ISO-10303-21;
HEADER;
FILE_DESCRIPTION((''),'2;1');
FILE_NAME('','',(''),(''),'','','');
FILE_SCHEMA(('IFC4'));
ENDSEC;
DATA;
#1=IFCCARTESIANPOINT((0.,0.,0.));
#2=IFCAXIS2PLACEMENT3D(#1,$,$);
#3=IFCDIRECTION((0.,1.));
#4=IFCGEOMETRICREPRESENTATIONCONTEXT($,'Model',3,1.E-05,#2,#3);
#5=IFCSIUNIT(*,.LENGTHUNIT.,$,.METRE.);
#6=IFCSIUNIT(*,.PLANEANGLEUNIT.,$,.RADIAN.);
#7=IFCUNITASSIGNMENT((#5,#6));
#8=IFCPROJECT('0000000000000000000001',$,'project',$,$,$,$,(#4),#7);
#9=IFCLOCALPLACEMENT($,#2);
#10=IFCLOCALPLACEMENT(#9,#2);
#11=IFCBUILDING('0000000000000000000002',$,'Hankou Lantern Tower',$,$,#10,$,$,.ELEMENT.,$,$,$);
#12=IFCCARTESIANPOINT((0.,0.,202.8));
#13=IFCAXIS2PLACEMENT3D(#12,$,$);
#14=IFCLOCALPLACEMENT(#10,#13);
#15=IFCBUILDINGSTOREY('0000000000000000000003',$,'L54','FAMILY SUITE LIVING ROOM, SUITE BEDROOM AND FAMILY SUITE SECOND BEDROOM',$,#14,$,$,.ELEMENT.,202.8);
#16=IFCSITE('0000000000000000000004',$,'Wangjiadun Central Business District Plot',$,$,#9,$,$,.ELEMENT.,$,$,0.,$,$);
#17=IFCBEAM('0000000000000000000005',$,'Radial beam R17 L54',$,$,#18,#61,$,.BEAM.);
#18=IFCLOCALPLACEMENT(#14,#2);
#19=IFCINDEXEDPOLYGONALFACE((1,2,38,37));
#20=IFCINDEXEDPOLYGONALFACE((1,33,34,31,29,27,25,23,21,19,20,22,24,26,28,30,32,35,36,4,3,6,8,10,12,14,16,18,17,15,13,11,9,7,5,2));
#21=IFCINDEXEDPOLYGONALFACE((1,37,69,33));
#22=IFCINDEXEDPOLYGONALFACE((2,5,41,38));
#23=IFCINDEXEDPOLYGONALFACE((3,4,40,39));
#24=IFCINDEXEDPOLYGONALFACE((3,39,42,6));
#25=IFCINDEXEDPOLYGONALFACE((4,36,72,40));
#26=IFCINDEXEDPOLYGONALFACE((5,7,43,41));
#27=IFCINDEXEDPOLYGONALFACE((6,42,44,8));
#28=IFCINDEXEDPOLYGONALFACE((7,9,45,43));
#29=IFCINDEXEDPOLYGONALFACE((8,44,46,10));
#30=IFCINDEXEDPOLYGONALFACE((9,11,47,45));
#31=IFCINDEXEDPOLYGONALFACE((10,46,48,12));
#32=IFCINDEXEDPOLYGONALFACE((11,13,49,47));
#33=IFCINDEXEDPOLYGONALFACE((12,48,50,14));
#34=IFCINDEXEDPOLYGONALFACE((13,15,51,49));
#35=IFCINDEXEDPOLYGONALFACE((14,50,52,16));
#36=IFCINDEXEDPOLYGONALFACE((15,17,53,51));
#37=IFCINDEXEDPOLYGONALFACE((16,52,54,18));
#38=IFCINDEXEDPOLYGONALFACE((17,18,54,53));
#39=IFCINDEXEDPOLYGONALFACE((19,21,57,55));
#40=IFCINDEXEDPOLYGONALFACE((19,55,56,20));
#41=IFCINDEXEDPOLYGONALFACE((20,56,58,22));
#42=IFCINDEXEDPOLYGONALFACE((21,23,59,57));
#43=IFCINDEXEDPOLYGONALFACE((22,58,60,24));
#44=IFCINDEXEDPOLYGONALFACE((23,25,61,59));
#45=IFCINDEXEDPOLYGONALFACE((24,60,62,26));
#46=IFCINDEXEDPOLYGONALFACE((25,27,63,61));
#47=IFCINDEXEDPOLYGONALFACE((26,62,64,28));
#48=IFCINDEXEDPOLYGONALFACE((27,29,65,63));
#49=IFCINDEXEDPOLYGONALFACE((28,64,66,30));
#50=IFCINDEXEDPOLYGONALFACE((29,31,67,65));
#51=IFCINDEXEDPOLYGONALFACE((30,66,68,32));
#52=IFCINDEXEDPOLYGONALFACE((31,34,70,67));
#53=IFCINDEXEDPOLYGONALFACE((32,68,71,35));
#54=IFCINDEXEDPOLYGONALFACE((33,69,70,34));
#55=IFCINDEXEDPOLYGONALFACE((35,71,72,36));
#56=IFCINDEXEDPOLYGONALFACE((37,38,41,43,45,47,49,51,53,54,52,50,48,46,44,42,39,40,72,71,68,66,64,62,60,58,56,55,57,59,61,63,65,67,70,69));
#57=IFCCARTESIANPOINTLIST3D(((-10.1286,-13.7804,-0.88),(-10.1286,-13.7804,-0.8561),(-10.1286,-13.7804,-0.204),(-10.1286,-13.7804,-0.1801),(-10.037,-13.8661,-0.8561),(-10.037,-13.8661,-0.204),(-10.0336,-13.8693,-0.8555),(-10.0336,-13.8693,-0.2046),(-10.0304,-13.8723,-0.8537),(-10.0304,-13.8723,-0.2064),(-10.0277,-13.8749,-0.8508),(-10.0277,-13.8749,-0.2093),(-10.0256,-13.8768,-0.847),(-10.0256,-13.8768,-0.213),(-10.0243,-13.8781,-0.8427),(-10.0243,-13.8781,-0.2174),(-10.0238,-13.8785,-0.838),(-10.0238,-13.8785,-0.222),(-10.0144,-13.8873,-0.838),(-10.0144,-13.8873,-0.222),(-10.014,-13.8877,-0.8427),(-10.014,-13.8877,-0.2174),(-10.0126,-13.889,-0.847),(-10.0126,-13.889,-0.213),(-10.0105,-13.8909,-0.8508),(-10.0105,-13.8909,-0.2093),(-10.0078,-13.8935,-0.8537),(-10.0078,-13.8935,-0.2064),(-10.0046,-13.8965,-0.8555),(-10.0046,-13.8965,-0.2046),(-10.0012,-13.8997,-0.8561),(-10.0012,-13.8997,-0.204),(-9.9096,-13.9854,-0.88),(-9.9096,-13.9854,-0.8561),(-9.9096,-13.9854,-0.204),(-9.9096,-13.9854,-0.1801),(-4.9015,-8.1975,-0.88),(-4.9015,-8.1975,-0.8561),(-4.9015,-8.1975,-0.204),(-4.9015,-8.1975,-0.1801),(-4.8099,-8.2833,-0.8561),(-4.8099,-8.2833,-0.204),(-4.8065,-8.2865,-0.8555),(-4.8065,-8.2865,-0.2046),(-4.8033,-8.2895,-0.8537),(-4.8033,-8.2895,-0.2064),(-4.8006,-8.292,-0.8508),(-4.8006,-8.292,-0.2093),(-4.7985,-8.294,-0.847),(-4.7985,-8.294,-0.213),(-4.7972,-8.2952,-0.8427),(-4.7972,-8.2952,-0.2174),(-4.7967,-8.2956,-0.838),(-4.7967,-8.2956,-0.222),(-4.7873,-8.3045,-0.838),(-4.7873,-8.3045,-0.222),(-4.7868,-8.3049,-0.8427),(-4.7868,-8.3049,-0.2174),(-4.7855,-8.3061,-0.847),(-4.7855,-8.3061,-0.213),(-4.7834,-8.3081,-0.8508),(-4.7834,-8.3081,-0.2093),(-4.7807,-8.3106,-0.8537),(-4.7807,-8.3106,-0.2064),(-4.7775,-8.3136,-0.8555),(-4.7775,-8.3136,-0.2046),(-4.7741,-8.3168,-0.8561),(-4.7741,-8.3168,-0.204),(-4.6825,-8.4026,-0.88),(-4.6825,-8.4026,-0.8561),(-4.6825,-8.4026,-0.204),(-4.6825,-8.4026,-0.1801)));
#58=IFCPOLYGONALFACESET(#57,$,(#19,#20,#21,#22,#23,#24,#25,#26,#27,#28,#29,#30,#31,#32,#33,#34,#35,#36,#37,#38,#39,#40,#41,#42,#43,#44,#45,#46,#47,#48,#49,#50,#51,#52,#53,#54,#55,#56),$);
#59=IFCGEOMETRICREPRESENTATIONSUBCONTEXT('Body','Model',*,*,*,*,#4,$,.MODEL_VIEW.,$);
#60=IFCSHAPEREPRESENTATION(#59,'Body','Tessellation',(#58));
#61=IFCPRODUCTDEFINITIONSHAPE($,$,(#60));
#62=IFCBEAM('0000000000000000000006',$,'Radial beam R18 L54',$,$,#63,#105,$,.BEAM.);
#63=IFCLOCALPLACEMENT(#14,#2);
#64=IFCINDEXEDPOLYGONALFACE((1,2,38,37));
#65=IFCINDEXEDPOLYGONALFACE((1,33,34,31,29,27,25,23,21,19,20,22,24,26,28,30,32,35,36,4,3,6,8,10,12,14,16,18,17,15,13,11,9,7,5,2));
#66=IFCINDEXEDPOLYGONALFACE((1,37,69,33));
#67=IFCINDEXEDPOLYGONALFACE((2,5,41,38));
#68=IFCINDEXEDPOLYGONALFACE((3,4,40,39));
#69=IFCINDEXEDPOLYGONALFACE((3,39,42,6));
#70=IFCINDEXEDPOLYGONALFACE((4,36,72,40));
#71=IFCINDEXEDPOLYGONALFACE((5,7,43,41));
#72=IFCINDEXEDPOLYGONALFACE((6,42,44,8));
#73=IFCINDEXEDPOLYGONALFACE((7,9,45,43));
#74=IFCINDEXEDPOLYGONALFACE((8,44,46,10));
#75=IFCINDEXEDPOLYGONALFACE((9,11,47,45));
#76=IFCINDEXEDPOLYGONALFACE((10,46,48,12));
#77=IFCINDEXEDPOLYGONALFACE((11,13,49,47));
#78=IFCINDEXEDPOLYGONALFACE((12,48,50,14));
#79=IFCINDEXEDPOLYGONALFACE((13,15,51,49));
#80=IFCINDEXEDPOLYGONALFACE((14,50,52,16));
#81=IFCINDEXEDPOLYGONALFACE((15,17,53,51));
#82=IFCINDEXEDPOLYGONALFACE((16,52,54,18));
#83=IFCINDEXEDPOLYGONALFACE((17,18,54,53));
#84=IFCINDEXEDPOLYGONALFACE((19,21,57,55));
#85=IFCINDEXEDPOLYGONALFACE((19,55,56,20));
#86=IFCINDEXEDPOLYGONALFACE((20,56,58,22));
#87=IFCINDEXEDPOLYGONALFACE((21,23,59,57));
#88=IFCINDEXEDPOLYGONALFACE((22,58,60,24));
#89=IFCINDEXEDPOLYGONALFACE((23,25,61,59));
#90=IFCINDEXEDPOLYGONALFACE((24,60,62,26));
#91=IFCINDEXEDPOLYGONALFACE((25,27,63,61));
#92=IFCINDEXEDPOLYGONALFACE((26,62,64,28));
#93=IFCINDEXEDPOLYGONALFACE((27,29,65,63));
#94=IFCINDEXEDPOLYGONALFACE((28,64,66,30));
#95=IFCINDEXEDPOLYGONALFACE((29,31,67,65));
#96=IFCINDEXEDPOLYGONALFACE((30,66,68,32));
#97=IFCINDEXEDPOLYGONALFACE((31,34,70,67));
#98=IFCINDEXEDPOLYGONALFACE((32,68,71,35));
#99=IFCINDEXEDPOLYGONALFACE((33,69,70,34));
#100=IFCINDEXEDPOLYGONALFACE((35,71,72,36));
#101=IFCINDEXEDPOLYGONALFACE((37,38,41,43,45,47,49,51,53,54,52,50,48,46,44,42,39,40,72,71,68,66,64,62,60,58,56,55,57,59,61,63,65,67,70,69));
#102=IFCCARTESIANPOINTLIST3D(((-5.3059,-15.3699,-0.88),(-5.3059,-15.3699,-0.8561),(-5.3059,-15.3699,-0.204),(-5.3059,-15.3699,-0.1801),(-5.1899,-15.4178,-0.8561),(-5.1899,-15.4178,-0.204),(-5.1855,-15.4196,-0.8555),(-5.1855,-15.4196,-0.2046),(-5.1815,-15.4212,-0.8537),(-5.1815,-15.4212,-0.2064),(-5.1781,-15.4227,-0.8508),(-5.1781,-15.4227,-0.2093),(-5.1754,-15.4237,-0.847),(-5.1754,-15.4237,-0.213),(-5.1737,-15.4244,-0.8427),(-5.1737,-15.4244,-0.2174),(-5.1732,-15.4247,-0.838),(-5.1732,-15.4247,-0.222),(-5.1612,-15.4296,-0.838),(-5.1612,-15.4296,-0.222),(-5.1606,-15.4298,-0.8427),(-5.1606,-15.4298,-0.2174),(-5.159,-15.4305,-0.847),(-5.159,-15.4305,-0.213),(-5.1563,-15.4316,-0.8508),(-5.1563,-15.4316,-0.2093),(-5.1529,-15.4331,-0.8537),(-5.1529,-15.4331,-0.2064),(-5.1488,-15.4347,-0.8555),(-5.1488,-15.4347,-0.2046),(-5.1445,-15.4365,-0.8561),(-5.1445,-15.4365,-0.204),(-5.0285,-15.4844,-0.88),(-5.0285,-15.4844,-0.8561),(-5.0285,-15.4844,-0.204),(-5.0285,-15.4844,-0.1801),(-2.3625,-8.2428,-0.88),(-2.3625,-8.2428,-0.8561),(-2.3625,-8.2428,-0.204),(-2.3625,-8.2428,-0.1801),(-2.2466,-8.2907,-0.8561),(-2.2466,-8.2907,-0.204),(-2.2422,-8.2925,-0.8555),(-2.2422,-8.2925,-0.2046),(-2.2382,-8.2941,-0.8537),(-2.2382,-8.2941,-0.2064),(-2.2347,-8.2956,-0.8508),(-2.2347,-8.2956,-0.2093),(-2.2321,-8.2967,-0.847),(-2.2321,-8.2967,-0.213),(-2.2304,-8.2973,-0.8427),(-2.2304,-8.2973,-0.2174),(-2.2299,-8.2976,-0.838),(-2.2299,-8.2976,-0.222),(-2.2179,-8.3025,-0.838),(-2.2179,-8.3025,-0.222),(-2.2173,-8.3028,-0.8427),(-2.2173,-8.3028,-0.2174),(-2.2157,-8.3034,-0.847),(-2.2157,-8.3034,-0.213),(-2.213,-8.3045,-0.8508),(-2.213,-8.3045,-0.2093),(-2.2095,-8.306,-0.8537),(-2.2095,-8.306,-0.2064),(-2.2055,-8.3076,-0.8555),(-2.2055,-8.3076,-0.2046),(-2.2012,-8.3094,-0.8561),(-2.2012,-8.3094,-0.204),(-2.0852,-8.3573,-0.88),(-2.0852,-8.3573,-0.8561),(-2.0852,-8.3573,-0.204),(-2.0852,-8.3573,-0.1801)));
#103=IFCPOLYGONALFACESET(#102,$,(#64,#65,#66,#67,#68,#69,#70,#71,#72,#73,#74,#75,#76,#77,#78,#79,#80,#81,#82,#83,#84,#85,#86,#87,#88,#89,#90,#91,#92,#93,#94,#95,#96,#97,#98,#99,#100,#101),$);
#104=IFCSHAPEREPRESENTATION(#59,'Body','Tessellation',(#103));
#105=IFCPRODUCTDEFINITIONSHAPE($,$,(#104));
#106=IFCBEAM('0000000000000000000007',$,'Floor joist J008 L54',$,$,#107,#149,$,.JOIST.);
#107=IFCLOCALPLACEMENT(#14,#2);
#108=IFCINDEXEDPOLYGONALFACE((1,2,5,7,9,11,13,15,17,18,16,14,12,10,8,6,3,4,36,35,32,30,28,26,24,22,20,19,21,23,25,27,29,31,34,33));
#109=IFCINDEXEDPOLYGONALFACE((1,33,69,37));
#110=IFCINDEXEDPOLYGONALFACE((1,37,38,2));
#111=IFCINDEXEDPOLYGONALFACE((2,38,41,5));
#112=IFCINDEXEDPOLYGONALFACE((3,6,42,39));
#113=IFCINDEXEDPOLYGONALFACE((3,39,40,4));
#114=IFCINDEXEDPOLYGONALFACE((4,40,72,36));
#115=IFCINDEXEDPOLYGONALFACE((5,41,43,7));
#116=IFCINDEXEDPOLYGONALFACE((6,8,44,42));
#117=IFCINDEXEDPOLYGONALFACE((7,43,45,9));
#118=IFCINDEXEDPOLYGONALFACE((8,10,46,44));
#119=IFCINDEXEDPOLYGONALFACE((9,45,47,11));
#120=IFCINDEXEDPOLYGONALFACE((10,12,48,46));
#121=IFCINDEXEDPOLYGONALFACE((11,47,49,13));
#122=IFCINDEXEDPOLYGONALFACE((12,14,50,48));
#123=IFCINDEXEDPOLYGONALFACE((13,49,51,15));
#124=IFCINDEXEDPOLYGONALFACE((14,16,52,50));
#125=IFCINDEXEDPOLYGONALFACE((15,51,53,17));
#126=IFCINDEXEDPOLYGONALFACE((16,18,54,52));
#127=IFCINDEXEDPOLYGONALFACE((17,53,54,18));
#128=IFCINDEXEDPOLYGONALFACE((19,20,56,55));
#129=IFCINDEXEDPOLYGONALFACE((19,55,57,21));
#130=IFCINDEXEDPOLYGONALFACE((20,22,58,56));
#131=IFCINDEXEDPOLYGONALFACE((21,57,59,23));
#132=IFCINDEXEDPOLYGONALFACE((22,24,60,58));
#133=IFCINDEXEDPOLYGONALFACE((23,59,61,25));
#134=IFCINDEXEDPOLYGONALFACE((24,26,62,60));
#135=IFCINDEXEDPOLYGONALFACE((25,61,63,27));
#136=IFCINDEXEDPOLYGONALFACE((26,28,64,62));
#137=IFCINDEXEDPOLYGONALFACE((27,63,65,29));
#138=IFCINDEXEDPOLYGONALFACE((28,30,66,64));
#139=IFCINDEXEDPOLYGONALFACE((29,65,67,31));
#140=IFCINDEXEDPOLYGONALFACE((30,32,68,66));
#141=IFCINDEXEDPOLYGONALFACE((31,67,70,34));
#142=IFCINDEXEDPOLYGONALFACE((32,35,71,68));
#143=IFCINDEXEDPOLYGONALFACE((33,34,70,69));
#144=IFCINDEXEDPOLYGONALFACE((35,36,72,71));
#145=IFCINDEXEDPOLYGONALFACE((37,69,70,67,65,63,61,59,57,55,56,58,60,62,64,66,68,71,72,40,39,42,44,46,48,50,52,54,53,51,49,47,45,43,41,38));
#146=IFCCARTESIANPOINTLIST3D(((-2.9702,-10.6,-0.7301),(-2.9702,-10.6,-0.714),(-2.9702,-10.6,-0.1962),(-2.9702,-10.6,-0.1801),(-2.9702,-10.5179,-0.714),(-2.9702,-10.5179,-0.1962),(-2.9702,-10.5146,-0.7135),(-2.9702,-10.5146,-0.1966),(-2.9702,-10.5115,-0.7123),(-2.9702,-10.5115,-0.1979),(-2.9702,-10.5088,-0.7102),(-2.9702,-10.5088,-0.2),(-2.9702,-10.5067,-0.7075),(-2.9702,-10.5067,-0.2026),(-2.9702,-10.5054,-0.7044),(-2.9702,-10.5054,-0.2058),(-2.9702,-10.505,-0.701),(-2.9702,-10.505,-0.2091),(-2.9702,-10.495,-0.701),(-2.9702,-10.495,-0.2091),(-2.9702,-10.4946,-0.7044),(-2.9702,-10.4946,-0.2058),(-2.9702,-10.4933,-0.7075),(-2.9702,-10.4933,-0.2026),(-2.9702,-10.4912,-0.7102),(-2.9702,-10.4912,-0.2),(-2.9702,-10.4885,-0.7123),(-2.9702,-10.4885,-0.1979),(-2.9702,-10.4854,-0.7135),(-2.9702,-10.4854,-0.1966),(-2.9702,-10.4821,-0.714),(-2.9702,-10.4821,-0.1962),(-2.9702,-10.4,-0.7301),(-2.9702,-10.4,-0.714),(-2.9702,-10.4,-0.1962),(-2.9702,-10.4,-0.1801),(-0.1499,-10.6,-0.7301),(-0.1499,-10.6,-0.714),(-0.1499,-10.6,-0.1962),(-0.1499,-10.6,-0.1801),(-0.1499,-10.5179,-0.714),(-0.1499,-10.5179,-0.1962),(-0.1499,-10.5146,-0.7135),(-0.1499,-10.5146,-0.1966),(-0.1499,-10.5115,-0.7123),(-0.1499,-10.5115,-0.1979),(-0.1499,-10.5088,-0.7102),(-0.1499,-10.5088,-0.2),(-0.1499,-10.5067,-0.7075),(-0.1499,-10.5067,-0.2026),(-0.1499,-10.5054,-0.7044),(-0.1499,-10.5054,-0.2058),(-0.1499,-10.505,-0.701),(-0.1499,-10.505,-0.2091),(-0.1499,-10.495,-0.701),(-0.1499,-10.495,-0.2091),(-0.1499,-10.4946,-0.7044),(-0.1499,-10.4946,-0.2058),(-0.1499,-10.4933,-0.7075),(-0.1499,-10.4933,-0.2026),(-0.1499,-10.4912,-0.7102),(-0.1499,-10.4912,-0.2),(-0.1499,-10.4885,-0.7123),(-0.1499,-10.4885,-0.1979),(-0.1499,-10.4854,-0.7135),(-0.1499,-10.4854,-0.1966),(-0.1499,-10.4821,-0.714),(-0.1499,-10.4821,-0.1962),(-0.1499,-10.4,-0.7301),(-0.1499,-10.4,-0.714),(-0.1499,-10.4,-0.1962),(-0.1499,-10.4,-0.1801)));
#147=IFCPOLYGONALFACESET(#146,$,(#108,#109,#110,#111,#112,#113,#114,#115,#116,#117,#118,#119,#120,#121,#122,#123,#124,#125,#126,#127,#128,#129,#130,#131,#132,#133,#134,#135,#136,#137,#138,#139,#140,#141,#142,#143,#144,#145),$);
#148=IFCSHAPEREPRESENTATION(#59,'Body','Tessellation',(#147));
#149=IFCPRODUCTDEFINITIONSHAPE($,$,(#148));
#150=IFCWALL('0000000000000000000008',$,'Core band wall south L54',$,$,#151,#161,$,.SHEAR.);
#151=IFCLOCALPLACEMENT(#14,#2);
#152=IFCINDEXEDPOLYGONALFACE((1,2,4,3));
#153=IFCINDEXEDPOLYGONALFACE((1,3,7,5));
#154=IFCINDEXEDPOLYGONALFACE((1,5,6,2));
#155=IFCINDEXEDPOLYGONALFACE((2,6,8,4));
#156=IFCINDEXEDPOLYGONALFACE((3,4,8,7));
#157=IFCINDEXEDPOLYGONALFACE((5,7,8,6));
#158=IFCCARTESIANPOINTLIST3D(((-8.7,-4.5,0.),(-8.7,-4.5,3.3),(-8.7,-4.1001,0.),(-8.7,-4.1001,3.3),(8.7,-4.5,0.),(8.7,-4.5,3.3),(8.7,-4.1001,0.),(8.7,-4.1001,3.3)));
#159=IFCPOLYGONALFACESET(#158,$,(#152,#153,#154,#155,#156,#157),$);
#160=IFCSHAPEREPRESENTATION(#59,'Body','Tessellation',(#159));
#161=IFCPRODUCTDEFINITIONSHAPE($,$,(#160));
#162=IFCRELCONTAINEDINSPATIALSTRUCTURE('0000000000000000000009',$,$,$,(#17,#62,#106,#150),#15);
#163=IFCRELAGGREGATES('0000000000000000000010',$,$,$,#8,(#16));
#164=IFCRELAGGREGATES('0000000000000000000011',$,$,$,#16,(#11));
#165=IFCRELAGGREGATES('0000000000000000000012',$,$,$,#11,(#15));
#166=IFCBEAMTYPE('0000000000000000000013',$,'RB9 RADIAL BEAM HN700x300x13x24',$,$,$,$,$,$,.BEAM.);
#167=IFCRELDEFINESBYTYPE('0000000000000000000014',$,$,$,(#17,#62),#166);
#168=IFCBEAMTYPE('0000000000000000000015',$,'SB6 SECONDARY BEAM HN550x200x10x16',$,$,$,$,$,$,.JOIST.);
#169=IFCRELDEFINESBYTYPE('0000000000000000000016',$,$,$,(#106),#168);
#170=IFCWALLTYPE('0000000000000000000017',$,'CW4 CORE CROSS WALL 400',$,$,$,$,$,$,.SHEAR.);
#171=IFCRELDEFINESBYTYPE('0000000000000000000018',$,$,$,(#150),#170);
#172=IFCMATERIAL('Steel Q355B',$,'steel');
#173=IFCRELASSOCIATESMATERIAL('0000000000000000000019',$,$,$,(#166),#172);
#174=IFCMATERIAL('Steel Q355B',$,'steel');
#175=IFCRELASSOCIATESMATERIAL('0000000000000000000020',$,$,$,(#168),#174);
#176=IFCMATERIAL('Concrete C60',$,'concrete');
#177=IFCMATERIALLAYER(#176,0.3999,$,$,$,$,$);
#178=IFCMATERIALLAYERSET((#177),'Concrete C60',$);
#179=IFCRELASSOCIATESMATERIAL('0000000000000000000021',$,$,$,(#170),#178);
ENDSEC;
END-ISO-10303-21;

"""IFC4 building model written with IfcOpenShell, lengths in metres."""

from ifc_helpers import new_model, si_unit, direction, frame, frame_2d, origin, origin_2d, place, context, subcontext, project, spatial, rectangle, i_section, extrude, material, layer, layer_set, material_profile, profile_set, type_object, element, save


model = new_model("IFC4")

# Units and contexts
model_context = context("Model", 3, precision=1e-05, world=origin(), true_north=direction((0.0, 1.0)))
body_context = subcontext(model_context, "Body", "Model", "MODEL_VIEW")
ifc_project = project(units=[si_unit("LENGTHUNIT", "METRE"), si_unit("PLANEANGLEUNIT", "RADIAN")], contexts=[model_context])

# Site, building, storey
site_placement = place(None, origin())
site = spatial("IfcSite", under=ifc_project, at=site_placement, Name="Wangjiadun Central Business District Plot", CompositionType="ELEMENT", RefElevation=0.0)
building_placement = place(site_placement, origin())
building = spatial("IfcBuilding", under=site, at=building_placement, Name="Hankou Lantern Tower", CompositionType="ELEMENT")
storey_placement = place(building_placement, frame((0.0, 0.0, 202.8)))
storey = spatial("IfcBuildingStorey", under=building, at=storey_placement, Name="L54", Description="FAMILY SUITE LIVING ROOM, SUITE BEDROOM AND FAMILY SUITE SECOND BEDROOM", CompositionType="ELEMENT", Elevation=202.8)

# Beams
ifc_material_1 = material(Name="Steel Q355B", Category="steel")
ifc_material_profile_1 = material_profile(ifc_material_1, i_section(OverallWidth=0.3, OverallDepth=0.7, WebThickness=0.0129, FlangeThickness=0.0239, FilletRadius=0.0181, at=origin_2d()), Name="HN700x300x13x24")
ifc_profile_set_1 = profile_set([ifc_material_profile_1], Name="Steel Q355B")
beam_type_1 = type_object("IfcBeamType", Name="RB9 RADIAL BEAM HN700x300x13x24", PredefinedType="BEAM", material=ifc_profile_set_1)
beam_1_placement = place(storey_placement, frame((-4.792, -8.3, -0.53), z_axis=(-0.683468, -0.72998, 0.0), x_axis=(0.72998, -0.683468, 0.0)))
element("IfcBeam", 1, at=beam_1_placement, inside=storey, type_object=beam_type_1, Name="Radial beam R17 L54", PredefinedType="BEAM", context=body_context, shape_type="SweptSolid", body=[
    extrude(i_section(OverallWidth=0.3, OverallDepth=0.7, WebThickness=0.0129, FlangeThickness=0.0239, FilletRadius=0.0181, at=origin_2d()), origin(), (0.0, 0.0, 1.0), 7.6479),
])
beam_2_placement = place(storey_placement, frame((-2.2239, -8.3, -0.53), z_axis=(-0.381707, -0.924284, 0.0), x_axis=(0.924284, -0.381707, 0.0)))
element("IfcBeam", 2, at=beam_2_placement, inside=storey, type_object=beam_type_1, Name="Radial beam R18 L54", PredefinedType="BEAM", context=body_context, shape_type="SweptSolid", body=[
    extrude(i_section(OverallWidth=0.3, OverallDepth=0.7, WebThickness=0.0129, FlangeThickness=0.0239, FilletRadius=0.0181, at=origin_2d()), origin(), (0.0, 0.0, 1.0), 7.7109),
])
ifc_material_2 = material(Name="Steel Q355B", Category="steel")
ifc_material_profile_2 = material_profile(ifc_material_2, i_section(OverallWidth=0.2, OverallDepth=0.55, WebThickness=0.01, FlangeThickness=0.0161, FilletRadius=0.0129, at=origin_2d()), Name="HN550x200x10x16")
ifc_profile_set_2 = profile_set([ifc_material_profile_2], Name="Steel Q355B")
beam_type_2 = type_object("IfcBeamType", Name="SB6 SECONDARY BEAM HN550x200x10x16", PredefinedType="JOIST", material=ifc_profile_set_2)
beam_3_placement = place(storey_placement, frame((-2.9702, -10.5, -0.4551), z_axis=(1.0, 0.0, 0.0), x_axis=(0.0, 1.0, 0.0)))
element("IfcBeam", 3, at=beam_3_placement, inside=storey, type_object=beam_type_2, Name="Floor joist J008 L54", PredefinedType="JOIST", context=body_context, shape_type="SweptSolid", body=[
    extrude(i_section(OverallWidth=0.2, OverallDepth=0.55, WebThickness=0.01, FlangeThickness=0.0161, FilletRadius=0.0129, at=origin_2d()), origin(), (0.0, 0.0, 1.0), 2.8203),
])

# Wall
ifc_material_3 = material(Name="Concrete C60", Category="concrete")
ifc_layer_1 = layer(ifc_material_3, 0.3999)
ifc_layer_set_1 = layer_set([ifc_layer_1], Name="Concrete C60")
wall_type_1 = type_object("IfcWallType", Name="CW4 CORE CROSS WALL 400", PredefinedType="SHEAR", material=ifc_layer_set_1)
wall_1_placement = place(storey_placement, frame((-8.7, -4.3, 0.0), z_axis=(0.0, 0.0, 1.0), x_axis=(1.0, 0.0, 0.0)))
element("IfcWall", 4, at=wall_1_placement, inside=storey, type_object=wall_type_1, Name="Core band wall south L54", PredefinedType="SHEAR", context=body_context, shape_type="SweptSolid", body=[
    extrude(rectangle(XDim=17.3999, YDim=0.3999, at=frame_2d((8.7, 0.0))), origin(), (0.0, 0.0, 1.0), 3.3),
])

save(model, "model.ifc")
